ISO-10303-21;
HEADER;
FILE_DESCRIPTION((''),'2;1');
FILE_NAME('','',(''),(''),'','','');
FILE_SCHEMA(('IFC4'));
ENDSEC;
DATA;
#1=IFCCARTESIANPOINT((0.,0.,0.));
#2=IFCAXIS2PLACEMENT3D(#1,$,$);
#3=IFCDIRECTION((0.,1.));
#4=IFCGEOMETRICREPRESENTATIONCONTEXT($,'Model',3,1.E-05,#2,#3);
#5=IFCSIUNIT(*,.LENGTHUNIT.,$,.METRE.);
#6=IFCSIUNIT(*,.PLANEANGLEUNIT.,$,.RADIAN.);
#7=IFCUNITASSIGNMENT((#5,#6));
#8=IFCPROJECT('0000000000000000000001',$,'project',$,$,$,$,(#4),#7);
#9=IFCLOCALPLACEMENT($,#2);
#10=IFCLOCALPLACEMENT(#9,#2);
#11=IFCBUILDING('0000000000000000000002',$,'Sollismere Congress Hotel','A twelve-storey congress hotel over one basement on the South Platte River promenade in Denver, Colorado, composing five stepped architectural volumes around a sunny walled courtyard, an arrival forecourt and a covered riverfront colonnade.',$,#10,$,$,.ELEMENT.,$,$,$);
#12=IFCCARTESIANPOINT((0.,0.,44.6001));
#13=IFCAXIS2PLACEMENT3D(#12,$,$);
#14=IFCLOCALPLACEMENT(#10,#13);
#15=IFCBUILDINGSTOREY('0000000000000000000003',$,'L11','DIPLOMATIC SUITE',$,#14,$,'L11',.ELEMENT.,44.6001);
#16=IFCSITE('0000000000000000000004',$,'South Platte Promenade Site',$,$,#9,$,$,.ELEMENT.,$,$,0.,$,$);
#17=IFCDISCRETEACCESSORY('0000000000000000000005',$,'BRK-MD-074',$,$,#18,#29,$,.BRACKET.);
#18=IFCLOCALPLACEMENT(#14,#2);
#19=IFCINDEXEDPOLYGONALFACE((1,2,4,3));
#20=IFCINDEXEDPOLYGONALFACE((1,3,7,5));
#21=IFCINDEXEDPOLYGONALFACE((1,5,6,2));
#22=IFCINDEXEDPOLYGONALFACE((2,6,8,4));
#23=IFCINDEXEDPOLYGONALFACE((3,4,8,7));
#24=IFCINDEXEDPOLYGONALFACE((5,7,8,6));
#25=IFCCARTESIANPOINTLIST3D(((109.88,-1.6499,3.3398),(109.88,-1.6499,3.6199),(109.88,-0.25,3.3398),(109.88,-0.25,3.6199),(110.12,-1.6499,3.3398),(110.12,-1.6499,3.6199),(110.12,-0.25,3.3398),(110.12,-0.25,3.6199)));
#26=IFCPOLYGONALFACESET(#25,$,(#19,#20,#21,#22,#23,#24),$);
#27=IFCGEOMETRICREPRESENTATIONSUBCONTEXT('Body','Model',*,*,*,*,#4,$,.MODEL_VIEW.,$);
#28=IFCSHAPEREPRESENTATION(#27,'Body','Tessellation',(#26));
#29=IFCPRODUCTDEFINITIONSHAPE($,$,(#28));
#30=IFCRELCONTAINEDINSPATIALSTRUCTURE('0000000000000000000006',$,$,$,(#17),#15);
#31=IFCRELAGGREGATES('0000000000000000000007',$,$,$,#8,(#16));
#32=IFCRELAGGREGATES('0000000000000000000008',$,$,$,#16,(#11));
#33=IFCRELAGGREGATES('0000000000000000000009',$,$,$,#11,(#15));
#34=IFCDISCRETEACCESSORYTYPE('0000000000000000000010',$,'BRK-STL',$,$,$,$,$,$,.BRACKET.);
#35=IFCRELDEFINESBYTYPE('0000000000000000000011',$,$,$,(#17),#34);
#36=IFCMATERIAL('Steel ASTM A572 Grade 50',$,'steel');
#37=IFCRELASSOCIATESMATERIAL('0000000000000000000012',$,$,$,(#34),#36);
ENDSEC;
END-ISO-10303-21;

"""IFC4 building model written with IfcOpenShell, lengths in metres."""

from ifc_helpers import new_model, si_unit, direction, frame, origin, origin_2d, place, context, subcontext, project, spatial, rectangle, extrude, material, type_object, element, save


model = new_model("IFC4")

# Units and contexts
model_context = context("Model", 3, precision=1e-05, world=origin(), true_north=direction((0.0, 1.0)))
body_context = subcontext(model_context, "Body", "Model", "MODEL_VIEW")
ifc_project = project(units=[si_unit("LENGTHUNIT", "METRE"), si_unit("PLANEANGLEUNIT", "RADIAN")], contexts=[model_context])

# Site, building, storey
site_placement = place(None, origin())
site = spatial("IfcSite", under=ifc_project, at=site_placement, Name="South Platte Promenade Site", CompositionType="ELEMENT", RefElevation=0.0)
building_placement = place(site_placement, origin())
building = spatial("IfcBuilding", under=site, at=building_placement, Name="Sollismere Congress Hotel", Description="A twelve-storey congress hotel over one basement on the South Platte River promenade in Denver, Colorado, composing five stepped architectural volumes around a sunny walled courtyard, an arrival forecourt and a covered riverfront colonnade.", CompositionType="ELEMENT")
storey_placement = place(building_placement, frame((0.0, 0.0, 44.6001)))
storey = spatial("IfcBuildingStorey", under=building, at=storey_placement, Name="L11", Description="DIPLOMATIC SUITE", LongName="L11", CompositionType="ELEMENT", Elevation=44.6001)

# Discrete accessory
ifc_material_1 = material(Name="Steel ASTM A572 Grade 50", Category="steel")
discrete_accessory_type = type_object("IfcDiscreteAccessoryType", Name="BRK-STL", PredefinedType="BRACKET", material=ifc_material_1)
discrete_accessory_placement = place(storey_placement, frame((110.0, -0.95, 3.3398), z_axis=(0.0, 0.0, 1.0), x_axis=(1.0, 0.0, 0.0)))
element("IfcDiscreteAccessory", 1, at=discrete_accessory_placement, inside=storey, type_object=discrete_accessory_type, Name="BRK-MD-074", PredefinedType="BRACKET", context=body_context, shape_type="SweptSolid", body=[
    extrude(rectangle(XDim=0.24, YDim=1.3999, at=origin_2d()), origin(), (0.0, 0.0, 1.0), 0.28),
])

save(model, "model.ifc")
